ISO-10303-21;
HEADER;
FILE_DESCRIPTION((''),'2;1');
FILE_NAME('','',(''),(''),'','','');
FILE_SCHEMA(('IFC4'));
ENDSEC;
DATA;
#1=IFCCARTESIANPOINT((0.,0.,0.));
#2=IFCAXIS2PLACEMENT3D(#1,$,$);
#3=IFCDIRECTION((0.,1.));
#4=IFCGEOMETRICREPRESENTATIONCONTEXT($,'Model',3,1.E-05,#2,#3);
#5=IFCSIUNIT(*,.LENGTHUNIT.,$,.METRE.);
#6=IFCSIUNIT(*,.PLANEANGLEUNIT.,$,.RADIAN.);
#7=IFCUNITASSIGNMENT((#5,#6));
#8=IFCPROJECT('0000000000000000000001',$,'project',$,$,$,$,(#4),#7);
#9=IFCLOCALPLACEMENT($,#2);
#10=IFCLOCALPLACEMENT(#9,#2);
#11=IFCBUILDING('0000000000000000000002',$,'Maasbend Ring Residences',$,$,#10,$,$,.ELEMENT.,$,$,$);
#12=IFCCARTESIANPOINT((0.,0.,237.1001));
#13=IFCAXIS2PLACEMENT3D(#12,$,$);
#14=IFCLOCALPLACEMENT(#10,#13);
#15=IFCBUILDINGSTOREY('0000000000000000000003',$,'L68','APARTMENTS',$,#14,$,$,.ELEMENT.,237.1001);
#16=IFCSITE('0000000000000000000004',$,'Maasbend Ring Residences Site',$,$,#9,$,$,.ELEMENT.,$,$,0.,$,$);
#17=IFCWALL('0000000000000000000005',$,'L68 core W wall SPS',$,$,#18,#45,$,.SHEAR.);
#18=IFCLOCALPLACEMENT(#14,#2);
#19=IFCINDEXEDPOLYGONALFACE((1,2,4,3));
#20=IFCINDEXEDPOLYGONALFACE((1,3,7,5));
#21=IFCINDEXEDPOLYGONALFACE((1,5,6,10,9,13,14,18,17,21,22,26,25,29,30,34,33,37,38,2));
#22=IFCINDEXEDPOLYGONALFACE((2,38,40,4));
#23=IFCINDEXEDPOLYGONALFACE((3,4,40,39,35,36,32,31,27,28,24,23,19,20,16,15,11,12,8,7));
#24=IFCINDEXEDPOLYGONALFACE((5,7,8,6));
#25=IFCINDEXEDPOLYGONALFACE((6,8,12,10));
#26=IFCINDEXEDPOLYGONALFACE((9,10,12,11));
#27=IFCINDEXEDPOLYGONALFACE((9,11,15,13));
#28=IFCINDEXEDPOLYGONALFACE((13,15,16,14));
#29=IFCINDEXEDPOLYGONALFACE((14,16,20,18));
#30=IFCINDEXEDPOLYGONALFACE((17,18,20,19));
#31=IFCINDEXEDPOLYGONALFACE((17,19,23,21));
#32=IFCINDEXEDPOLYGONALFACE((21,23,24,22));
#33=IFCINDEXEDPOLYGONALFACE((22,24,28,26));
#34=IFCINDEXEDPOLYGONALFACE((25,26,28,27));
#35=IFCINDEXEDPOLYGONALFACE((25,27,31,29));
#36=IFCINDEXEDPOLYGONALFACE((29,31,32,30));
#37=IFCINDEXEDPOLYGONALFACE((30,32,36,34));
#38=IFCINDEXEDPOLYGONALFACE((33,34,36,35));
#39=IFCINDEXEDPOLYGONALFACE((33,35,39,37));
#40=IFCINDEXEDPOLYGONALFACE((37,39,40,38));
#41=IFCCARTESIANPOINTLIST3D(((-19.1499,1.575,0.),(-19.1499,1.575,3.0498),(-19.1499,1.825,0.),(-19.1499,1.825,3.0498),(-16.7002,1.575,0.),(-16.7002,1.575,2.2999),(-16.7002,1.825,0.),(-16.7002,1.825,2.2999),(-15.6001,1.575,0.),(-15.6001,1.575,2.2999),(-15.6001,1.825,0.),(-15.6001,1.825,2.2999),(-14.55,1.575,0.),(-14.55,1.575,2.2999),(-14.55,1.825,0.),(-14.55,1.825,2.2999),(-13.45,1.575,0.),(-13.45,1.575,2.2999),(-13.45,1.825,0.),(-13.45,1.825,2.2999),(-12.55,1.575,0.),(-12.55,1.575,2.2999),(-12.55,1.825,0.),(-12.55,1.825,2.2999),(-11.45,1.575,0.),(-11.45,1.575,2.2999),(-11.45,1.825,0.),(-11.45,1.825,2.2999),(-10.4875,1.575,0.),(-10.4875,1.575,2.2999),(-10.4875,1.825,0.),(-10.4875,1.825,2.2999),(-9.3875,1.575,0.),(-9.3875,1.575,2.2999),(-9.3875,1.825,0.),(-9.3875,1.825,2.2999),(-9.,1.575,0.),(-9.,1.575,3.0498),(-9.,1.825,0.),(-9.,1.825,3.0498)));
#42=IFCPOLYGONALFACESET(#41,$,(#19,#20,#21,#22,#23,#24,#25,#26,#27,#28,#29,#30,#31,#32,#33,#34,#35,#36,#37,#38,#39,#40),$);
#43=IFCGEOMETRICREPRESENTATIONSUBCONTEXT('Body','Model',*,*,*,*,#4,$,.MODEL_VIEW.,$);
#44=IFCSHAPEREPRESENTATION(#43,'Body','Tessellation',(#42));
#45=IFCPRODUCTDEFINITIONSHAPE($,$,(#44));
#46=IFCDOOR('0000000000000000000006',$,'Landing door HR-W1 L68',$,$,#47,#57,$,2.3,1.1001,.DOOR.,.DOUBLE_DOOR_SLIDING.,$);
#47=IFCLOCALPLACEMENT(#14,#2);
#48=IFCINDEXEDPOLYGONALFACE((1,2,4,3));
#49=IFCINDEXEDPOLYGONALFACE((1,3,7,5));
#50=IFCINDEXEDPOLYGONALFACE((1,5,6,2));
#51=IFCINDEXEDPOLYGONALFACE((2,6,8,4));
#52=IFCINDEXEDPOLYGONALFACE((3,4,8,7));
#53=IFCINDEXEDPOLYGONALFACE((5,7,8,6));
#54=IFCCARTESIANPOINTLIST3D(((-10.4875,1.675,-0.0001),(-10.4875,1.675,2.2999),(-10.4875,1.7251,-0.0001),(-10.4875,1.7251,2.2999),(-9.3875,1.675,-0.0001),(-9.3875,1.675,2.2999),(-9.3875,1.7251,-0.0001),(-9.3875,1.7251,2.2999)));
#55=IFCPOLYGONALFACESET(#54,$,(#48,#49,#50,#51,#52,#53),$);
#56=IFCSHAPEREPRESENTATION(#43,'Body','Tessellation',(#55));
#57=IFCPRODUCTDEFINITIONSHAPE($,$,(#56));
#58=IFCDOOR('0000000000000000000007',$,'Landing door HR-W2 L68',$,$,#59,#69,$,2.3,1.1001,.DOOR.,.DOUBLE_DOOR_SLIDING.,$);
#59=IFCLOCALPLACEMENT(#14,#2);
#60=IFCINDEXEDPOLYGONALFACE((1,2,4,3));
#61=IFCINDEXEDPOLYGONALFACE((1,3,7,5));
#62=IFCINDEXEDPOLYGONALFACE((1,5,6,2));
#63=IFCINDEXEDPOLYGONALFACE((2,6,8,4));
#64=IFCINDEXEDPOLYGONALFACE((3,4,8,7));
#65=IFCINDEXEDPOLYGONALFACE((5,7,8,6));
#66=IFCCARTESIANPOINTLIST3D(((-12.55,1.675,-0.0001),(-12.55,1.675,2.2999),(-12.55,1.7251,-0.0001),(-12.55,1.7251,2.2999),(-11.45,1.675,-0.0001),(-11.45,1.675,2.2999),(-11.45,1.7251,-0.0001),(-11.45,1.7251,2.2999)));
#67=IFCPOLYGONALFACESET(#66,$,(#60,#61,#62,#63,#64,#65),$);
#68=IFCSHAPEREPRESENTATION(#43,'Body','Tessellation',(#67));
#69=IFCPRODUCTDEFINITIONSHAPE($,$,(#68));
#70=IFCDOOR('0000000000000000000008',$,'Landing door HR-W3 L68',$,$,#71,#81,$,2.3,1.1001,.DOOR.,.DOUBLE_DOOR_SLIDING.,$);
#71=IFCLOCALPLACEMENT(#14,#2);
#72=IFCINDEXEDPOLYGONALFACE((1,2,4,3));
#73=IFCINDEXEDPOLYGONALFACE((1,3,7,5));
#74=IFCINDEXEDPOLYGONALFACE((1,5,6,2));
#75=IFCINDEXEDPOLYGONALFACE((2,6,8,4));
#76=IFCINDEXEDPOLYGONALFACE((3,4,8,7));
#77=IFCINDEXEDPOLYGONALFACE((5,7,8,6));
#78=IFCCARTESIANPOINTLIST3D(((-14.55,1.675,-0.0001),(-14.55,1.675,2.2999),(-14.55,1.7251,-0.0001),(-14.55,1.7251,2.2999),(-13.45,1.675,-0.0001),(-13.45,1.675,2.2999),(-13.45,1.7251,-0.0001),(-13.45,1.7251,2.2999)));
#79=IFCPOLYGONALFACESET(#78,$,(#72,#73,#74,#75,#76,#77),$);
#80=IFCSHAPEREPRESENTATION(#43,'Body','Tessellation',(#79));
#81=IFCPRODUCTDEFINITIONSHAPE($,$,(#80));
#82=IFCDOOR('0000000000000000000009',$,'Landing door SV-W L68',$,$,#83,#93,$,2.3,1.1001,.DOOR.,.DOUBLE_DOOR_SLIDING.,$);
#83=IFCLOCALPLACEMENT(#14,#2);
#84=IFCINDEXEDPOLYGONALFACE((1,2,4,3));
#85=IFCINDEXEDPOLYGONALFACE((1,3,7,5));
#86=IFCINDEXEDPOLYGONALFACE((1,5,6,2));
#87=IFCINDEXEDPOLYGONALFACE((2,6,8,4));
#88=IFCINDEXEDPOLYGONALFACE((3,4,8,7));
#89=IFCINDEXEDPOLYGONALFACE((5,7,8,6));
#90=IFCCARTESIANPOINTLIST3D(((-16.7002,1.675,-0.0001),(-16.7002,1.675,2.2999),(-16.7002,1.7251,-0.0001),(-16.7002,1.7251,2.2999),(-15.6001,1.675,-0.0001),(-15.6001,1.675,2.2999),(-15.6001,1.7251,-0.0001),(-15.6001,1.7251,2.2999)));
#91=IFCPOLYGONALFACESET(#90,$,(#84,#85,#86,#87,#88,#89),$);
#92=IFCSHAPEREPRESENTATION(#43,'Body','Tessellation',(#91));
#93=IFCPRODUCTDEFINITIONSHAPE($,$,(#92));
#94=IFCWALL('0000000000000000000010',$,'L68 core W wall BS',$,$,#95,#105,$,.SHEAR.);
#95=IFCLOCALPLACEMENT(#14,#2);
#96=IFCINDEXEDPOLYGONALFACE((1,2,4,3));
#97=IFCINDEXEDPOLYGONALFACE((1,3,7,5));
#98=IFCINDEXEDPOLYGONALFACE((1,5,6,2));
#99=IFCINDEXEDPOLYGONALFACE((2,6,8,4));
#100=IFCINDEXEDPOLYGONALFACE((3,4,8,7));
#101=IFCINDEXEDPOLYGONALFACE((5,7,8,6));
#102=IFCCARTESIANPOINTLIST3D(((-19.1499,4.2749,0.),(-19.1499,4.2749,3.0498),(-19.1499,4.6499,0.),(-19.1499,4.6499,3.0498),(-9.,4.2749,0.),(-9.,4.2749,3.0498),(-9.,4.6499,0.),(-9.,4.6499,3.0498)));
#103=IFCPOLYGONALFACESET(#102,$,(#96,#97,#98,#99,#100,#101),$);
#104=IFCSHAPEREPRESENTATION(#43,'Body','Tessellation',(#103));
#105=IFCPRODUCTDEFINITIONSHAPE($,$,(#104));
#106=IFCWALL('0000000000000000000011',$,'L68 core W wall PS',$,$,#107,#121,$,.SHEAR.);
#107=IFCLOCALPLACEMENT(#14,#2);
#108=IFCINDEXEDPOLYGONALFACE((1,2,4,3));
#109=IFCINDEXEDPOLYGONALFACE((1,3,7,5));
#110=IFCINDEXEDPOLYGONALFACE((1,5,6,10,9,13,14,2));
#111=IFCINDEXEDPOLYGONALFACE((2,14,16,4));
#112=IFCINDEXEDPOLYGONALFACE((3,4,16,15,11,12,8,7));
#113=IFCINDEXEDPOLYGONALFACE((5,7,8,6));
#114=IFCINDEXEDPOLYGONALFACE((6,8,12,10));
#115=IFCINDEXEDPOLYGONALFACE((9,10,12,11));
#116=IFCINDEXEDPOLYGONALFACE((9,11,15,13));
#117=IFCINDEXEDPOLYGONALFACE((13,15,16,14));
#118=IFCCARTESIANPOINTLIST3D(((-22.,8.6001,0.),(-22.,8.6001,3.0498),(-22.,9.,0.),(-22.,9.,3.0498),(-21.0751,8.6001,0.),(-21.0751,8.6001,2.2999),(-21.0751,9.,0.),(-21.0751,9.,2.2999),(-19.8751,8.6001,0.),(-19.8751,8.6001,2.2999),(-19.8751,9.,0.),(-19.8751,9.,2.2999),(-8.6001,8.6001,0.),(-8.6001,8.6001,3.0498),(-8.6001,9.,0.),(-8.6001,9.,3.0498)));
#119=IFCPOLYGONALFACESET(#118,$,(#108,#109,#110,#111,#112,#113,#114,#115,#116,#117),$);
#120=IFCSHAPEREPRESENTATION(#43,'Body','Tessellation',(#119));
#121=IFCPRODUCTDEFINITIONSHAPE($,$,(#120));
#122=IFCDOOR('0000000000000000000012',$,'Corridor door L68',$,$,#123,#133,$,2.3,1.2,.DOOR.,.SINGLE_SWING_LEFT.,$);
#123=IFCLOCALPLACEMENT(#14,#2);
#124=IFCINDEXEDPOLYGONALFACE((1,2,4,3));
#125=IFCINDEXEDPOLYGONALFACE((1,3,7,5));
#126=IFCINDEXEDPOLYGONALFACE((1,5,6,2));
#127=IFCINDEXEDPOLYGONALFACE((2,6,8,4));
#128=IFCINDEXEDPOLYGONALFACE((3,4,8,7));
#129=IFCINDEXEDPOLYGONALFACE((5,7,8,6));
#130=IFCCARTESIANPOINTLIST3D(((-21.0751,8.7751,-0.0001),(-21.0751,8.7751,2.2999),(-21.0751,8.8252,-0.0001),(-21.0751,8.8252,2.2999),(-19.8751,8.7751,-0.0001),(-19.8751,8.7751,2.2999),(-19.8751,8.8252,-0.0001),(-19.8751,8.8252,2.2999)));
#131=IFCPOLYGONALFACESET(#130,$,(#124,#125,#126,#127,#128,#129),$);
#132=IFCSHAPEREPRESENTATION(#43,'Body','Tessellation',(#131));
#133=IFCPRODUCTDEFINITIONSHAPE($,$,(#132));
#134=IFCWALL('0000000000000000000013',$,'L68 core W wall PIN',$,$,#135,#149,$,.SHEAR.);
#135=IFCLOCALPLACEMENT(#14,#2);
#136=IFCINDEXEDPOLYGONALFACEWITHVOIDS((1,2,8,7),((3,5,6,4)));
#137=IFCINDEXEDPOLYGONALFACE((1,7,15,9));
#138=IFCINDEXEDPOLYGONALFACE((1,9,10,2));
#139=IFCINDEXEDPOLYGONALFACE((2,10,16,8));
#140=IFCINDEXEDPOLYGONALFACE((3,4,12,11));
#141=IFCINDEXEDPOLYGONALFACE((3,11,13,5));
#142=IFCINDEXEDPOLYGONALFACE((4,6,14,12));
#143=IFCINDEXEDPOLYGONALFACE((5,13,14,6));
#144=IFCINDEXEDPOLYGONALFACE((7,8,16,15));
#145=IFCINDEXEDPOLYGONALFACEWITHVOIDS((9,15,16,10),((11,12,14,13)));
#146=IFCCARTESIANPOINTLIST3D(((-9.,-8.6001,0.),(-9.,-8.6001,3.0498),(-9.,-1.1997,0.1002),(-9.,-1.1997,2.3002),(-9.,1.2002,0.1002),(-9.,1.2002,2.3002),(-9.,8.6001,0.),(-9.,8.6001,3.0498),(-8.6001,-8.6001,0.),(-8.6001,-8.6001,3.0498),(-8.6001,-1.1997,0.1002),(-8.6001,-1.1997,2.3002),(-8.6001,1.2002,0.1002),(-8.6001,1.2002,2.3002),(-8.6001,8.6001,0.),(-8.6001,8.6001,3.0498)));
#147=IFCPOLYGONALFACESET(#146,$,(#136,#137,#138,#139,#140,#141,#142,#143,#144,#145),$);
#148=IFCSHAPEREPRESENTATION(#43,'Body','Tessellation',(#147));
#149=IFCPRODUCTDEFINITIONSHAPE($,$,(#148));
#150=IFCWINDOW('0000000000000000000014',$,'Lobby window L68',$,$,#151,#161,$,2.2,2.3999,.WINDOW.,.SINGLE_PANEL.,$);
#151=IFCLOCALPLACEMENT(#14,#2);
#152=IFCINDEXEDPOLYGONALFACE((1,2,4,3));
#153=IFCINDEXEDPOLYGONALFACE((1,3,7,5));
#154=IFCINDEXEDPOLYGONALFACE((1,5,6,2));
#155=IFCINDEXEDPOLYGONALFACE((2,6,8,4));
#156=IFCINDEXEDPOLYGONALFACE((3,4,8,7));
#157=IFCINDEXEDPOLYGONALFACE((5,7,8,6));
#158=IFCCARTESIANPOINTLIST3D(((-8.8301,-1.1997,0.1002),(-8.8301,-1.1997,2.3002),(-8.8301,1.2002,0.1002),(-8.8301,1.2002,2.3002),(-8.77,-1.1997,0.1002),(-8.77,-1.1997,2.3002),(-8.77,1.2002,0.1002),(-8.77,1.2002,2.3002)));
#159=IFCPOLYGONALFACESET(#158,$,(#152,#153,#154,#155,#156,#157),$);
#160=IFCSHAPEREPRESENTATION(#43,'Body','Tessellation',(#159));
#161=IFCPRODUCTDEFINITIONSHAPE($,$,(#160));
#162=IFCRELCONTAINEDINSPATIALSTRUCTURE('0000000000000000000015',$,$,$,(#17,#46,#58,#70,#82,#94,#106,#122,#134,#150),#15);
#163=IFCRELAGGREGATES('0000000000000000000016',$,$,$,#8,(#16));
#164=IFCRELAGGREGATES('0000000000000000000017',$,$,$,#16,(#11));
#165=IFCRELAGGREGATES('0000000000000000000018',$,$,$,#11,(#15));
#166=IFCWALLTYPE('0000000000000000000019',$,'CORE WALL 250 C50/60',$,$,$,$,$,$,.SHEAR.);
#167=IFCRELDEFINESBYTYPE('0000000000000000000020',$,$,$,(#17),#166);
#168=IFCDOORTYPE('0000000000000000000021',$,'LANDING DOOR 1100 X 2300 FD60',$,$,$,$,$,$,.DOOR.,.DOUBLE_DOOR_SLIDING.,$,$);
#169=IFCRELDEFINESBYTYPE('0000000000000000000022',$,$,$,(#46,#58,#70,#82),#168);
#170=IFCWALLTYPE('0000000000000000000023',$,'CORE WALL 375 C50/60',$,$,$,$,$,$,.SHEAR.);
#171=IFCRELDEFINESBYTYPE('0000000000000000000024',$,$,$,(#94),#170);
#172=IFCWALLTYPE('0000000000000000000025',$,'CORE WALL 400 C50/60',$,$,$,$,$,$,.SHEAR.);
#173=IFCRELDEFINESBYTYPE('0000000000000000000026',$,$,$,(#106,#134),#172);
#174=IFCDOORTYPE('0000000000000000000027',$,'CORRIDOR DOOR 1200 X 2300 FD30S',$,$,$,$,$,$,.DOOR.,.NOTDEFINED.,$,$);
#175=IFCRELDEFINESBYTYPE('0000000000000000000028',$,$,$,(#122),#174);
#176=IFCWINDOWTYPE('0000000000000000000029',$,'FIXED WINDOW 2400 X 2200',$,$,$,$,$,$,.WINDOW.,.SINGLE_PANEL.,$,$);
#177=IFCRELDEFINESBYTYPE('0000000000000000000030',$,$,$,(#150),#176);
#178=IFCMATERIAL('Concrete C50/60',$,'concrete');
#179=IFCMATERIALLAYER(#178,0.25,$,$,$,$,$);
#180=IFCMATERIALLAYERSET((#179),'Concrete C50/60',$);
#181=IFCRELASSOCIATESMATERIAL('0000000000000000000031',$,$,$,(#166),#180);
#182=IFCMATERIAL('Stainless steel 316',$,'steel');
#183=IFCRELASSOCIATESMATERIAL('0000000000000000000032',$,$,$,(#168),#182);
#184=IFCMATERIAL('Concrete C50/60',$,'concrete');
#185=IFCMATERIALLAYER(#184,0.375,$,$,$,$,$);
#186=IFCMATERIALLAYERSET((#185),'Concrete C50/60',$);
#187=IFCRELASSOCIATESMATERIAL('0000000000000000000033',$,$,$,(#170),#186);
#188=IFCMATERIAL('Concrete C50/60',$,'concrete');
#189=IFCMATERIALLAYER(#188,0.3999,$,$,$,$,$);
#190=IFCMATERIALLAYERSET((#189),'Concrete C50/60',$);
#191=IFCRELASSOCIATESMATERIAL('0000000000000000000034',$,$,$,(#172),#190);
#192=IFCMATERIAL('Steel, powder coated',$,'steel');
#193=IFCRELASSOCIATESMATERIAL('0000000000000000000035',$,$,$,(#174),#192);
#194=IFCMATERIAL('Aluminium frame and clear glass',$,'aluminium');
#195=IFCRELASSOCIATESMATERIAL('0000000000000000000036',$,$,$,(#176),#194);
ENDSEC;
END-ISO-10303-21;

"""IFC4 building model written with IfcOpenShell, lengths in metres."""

from ifc_helpers import new_model, si_unit, direction, frame, frame_2d, origin, place, context, subcontext, project, spatial, rectangle, extrude, material, layer, layer_set, type_object, element, fill, save


model = new_model("IFC4")

# Units and contexts
model_context = context("Model", 3, precision=1e-05, world=origin(), true_north=direction((0.0, 1.0)))
body_context = subcontext(model_context, "Body", "Model", "MODEL_VIEW")
ifc_project = project(units=[si_unit("LENGTHUNIT", "METRE"), si_unit("PLANEANGLEUNIT", "RADIAN")], contexts=[model_context])

# Site, building, storey
site_placement = place(None, origin())
site = spatial("IfcSite", under=ifc_project, at=site_placement, Name="Maasbend Ring Residences Site", CompositionType="ELEMENT", RefElevation=0.0)
building_placement = place(site_placement, origin())
building = spatial("IfcBuilding", under=site, at=building_placement, Name="Maasbend Ring Residences", CompositionType="ELEMENT")
storey_placement = place(building_placement, frame((0.0, 0.0, 237.1001)))
storey = spatial("IfcBuildingStorey", under=building, at=storey_placement, Name="L68", Description="APARTMENTS", CompositionType="ELEMENT", Elevation=237.1001)

# Wall, openings, doors
ifc_material_1 = material(Name="Concrete C50/60", Category="concrete")
ifc_layer_1 = layer(ifc_material_1, 0.25)
ifc_layer_set_1 = layer_set([ifc_layer_1], Name="Concrete C50/60")
wall_type_1 = type_object("IfcWallType", Name="CORE WALL 250 C50/60", PredefinedType="SHEAR", material=ifc_layer_set_1)
wall_1_placement = place(storey_placement, frame((-9.0, 1.7, 0.0), z_axis=(0.0, 0.0, 1.0), x_axis=(-1.0, 0.0, 0.0)))
wall_1 = element("IfcWall", 1, at=wall_1_placement, inside=storey, type_object=wall_type_1, Name="L68 core W wall SPS", PredefinedType="SHEAR", context=body_context, shape_type="SweptSolid", body=[
    extrude(rectangle(XDim=10.1499, YDim=0.25, at=frame_2d((5.075, 0.0))), origin(), (0.0, 0.0, 1.0), 3.0498),
])
opening_1_placement = place(wall_1_placement, frame((0.3875, 0.0, 0.0)))
opening_1 = element("IfcOpeningElement", 2, at=opening_1_placement, cuts=wall_1, PredefinedType="OPENING", context=body_context, shape_type="SweptSolid", body=[
    extrude(rectangle(XDim=1.1001, YDim=2.3, at=frame_2d((0.55, 1.1499))), frame((0.0, 0.135, 0.0), z_axis=(0.0, -1.0, 0.0), x_axis=(1.0, 0.0, 0.0)), (0.0, 0.0, 1.0), 0.27),
])
opening_2_placement = place(wall_1_placement, frame((2.45, 0.0, 0.0)))
opening_2 = element("IfcOpeningElement", 3, at=opening_2_placement, cuts=wall_1, PredefinedType="OPENING", context=body_context, shape_type="SweptSolid", body=[
    extrude(rectangle(XDim=1.1001, YDim=2.3, at=frame_2d((0.55, 1.1499))), frame((0.0, 0.135, 0.0), z_axis=(0.0, -1.0, 0.0), x_axis=(1.0, 0.0, 0.0)), (0.0, 0.0, 1.0), 0.27),
])
opening_3_placement = place(wall_1_placement, frame((4.45, 0.0, 0.0)))
opening_3 = element("IfcOpeningElement", 4, at=opening_3_placement, cuts=wall_1, PredefinedType="OPENING", context=body_context, shape_type="SweptSolid", body=[
    extrude(rectangle(XDim=1.1001, YDim=2.3, at=frame_2d((0.55, 1.1499))), frame((0.0, 0.135, 0.0), z_axis=(0.0, -1.0, 0.0), x_axis=(1.0, 0.0, 0.0)), (0.0, 0.0, 1.0), 0.27),
])
opening_4_placement = place(wall_1_placement, frame((6.6001, 0.0, 0.0)))
opening_4 = element("IfcOpeningElement", 5, at=opening_4_placement, cuts=wall_1, PredefinedType="OPENING", context=body_context, shape_type="SweptSolid", body=[
    extrude(rectangle(XDim=1.1001, YDim=2.3, at=frame_2d((0.55, 1.1499))), frame((0.0, 0.135, 0.0), z_axis=(0.0, -1.0, 0.0), x_axis=(1.0, 0.0, 0.0)), (0.0, 0.0, 1.0), 0.27),
])
ifc_material_2 = material(Name="Stainless steel 316", Category="steel")
door_type_1 = type_object("IfcDoorType", Name="LANDING DOOR 1100 X 2300 FD60", OperationType="DOUBLE_DOOR_SLIDING", PredefinedType="DOOR", material=ifc_material_2)
door_1_placement = place(opening_1_placement, origin())
door_1 = element("IfcDoor", 6, at=door_1_placement, inside=storey, type_object=door_type_1, Name="Landing door HR-W1 L68", OperationType="DOUBLE_DOOR_SLIDING", OverallHeight=2.3, OverallWidth=1.1001, PredefinedType="DOOR", context=body_context, shape_type="SweptSolid", body=[
    extrude(rectangle(XDim=1.1001, YDim=2.3, at=frame_2d((0.55, 1.1499))), frame((0.0, 0.0249, 0.0), z_axis=(0.0, -1.0, 0.0), x_axis=(1.0, 0.0, 0.0)), (0.0, 0.0, 1.0), 0.05),
])
fill(opening_1, door_1)
door_2_placement = place(opening_2_placement, origin())
door_2 = element("IfcDoor", 7, at=door_2_placement, inside=storey, type_object=door_type_1, Name="Landing door HR-W2 L68", OperationType="DOUBLE_DOOR_SLIDING", OverallHeight=2.3, OverallWidth=1.1001, PredefinedType="DOOR", context=body_context, shape_type="SweptSolid", body=[
    extrude(rectangle(XDim=1.1001, YDim=2.3, at=frame_2d((0.55, 1.1499))), frame((0.0, 0.0249, 0.0), z_axis=(0.0, -1.0, 0.0), x_axis=(1.0, 0.0, 0.0)), (0.0, 0.0, 1.0), 0.05),
])
fill(opening_2, door_2)
door_3_placement = place(opening_3_placement, origin())
door_3 = element("IfcDoor", 8, at=door_3_placement, inside=storey, type_object=door_type_1, Name="Landing door HR-W3 L68", OperationType="DOUBLE_DOOR_SLIDING", OverallHeight=2.3, OverallWidth=1.1001, PredefinedType="DOOR", context=body_context, shape_type="SweptSolid", body=[
    extrude(rectangle(XDim=1.1001, YDim=2.3, at=frame_2d((0.55, 1.1499))), frame((0.0, 0.0249, 0.0), z_axis=(0.0, -1.0, 0.0), x_axis=(1.0, 0.0, 0.0)), (0.0, 0.0, 1.0), 0.05),
])
fill(opening_3, door_3)
door_4_placement = place(opening_4_placement, origin())
door_4 = element("IfcDoor", 9, at=door_4_placement, inside=storey, type_object=door_type_1, Name="Landing door SV-W L68", OperationType="DOUBLE_DOOR_SLIDING", OverallHeight=2.3, OverallWidth=1.1001, PredefinedType="DOOR", context=body_context, shape_type="SweptSolid", body=[
    extrude(rectangle(XDim=1.1001, YDim=2.3, at=frame_2d((0.55, 1.1499))), frame((0.0, 0.0249, 0.0), z_axis=(0.0, -1.0, 0.0), x_axis=(1.0, 0.0, 0.0)), (0.0, 0.0, 1.0), 0.05),
])
fill(opening_4, door_4)

# Wall
ifc_material_3 = material(Name="Concrete C50/60", Category="concrete")
ifc_layer_2 = layer(ifc_material_3, 0.375)
ifc_layer_set_2 = layer_set([ifc_layer_2], Name="Concrete C50/60")
wall_type_2 = type_object("IfcWallType", Name="CORE WALL 375 C50/60", PredefinedType="SHEAR", material=ifc_layer_set_2)
wall_2_placement = place(storey_placement, frame((-9.0, 4.4624, 0.0), z_axis=(0.0, 0.0, 1.0), x_axis=(-1.0, 0.0, 0.0)))
element("IfcWall", 10, at=wall_2_placement, inside=storey, type_object=wall_type_2, Name="L68 core W wall BS", PredefinedType="SHEAR", context=body_context, shape_type="SweptSolid", body=[
    extrude(rectangle(XDim=10.1499, YDim=0.375, at=frame_2d((5.075, 0.0))), origin(), (0.0, 0.0, 1.0), 3.0498),
])

# Wall, opening, door
ifc_material_4 = material(Name="Concrete C50/60", Category="concrete")
ifc_layer_3 = layer(ifc_material_4, 0.3999)
ifc_layer_set_3 = layer_set([ifc_layer_3], Name="Concrete C50/60")
wall_type_3 = type_object("IfcWallType", Name="CORE WALL 400 C50/60", PredefinedType="SHEAR", material=ifc_layer_set_3)
wall_3_placement = place(storey_placement, frame((-8.6001, 8.8, 0.0), z_axis=(0.0, 0.0, 1.0), x_axis=(-1.0, 0.0, 0.0)))
wall_3 = element("IfcWall", 11, at=wall_3_placement, inside=storey, type_object=wall_type_3, Name="L68 core W wall PS", PredefinedType="SHEAR", context=body_context, shape_type="SweptSolid", body=[
    extrude(rectangle(XDim=13.3999, YDim=0.3999, at=frame_2d((6.7, 0.0))), origin(), (0.0, 0.0, 1.0), 3.0498),
])
opening_5_placement = place(wall_3_placement, frame((11.2749, 0.0, 0.0)))
opening_5 = element("IfcOpeningElement", 12, at=opening_5_placement, cuts=wall_3, PredefinedType="OPENING", context=body_context, shape_type="SweptSolid", body=[
    extrude(rectangle(XDim=1.2, YDim=2.3, at=frame_2d((0.6001, 1.1499))), frame((0.0, 0.21, 0.0), z_axis=(0.0, -1.0, 0.0), x_axis=(1.0, 0.0, 0.0)), (0.0, 0.0, 1.0), 0.4199),
])
ifc_material_5 = material(Name="Steel, powder coated", Category="steel")
door_type_2 = type_object("IfcDoorType", Name="CORRIDOR DOOR 1200 X 2300 FD30S", OperationType="NOTDEFINED", PredefinedType="DOOR", material=ifc_material_5)
door_5_placement = place(opening_5_placement, origin())
door_5 = element("IfcDoor", 13, at=door_5_placement, inside=storey, type_object=door_type_2, Name="Corridor door L68", OperationType="SINGLE_SWING_LEFT", OverallHeight=2.3, OverallWidth=1.2, PredefinedType="DOOR", context=body_context, shape_type="SweptSolid", body=[
    extrude(rectangle(XDim=1.2, YDim=2.3, at=frame_2d((0.6001, 1.1499))), frame((0.0, 0.0249, 0.0), z_axis=(0.0, -1.0, 0.0), x_axis=(1.0, 0.0, 0.0)), (0.0, 0.0, 1.0), 0.05),
])
fill(opening_5, door_5)

# Wall, opening, window
wall_4_placement = place(storey_placement, frame((-8.8, 8.6001, 0.0), z_axis=(0.0, 0.0, 1.0), x_axis=(0.0, -1.0, 0.0)))
wall_4 = element("IfcWall", 14, at=wall_4_placement, inside=storey, type_object=wall_type_3, Name="L68 core W wall PIN", PredefinedType="SHEAR", context=body_context, shape_type="SweptSolid", body=[
    extrude(rectangle(XDim=17.2002, YDim=0.3999, at=frame_2d((8.6001, 0.0))), origin(), (0.0, 0.0, 1.0), 3.0498),
])
opening_6_placement = place(wall_4_placement, frame((7.3999, 0.0, 0.1001)))
opening_6 = element("IfcOpeningElement", 15, at=opening_6_placement, cuts=wall_4, PredefinedType="OPENING", context=body_context, shape_type="SweptSolid", body=[
    extrude(rectangle(XDim=2.3999, YDim=2.2, at=frame_2d((1.2, 1.1001))), frame((0.0, 0.21, 0.0), z_axis=(0.0, -1.0, 0.0), x_axis=(1.0, 0.0, 0.0)), (0.0, 0.0, 1.0), 0.4199),
])
ifc_material_6 = material(Name="Aluminium frame and clear glass", Category="aluminium")
window_type = type_object("IfcWindowType", Name="FIXED WINDOW 2400 X 2200", PartitioningType="SINGLE_PANEL", PredefinedType="WINDOW", material=ifc_material_6)
window_placement = place(opening_6_placement, origin())
window = element("IfcWindow", 16, at=window_placement, inside=storey, type_object=window_type, Name="Lobby window L68", OverallHeight=2.2, OverallWidth=2.3999, PartitioningType="SINGLE_PANEL", PredefinedType="WINDOW", context=body_context, shape_type="SweptSolid", body=[
    extrude(rectangle(XDim=2.3999, YDim=2.2, at=frame_2d((1.2, 1.1001))), frame((0.0, 0.03, 0.0), z_axis=(0.0, -1.0, 0.0), x_axis=(1.0, 0.0, 0.0)), (0.0, 0.0, 1.0), 0.0601),
])
fill(opening_6, window)

save(model, "model.ifc")
